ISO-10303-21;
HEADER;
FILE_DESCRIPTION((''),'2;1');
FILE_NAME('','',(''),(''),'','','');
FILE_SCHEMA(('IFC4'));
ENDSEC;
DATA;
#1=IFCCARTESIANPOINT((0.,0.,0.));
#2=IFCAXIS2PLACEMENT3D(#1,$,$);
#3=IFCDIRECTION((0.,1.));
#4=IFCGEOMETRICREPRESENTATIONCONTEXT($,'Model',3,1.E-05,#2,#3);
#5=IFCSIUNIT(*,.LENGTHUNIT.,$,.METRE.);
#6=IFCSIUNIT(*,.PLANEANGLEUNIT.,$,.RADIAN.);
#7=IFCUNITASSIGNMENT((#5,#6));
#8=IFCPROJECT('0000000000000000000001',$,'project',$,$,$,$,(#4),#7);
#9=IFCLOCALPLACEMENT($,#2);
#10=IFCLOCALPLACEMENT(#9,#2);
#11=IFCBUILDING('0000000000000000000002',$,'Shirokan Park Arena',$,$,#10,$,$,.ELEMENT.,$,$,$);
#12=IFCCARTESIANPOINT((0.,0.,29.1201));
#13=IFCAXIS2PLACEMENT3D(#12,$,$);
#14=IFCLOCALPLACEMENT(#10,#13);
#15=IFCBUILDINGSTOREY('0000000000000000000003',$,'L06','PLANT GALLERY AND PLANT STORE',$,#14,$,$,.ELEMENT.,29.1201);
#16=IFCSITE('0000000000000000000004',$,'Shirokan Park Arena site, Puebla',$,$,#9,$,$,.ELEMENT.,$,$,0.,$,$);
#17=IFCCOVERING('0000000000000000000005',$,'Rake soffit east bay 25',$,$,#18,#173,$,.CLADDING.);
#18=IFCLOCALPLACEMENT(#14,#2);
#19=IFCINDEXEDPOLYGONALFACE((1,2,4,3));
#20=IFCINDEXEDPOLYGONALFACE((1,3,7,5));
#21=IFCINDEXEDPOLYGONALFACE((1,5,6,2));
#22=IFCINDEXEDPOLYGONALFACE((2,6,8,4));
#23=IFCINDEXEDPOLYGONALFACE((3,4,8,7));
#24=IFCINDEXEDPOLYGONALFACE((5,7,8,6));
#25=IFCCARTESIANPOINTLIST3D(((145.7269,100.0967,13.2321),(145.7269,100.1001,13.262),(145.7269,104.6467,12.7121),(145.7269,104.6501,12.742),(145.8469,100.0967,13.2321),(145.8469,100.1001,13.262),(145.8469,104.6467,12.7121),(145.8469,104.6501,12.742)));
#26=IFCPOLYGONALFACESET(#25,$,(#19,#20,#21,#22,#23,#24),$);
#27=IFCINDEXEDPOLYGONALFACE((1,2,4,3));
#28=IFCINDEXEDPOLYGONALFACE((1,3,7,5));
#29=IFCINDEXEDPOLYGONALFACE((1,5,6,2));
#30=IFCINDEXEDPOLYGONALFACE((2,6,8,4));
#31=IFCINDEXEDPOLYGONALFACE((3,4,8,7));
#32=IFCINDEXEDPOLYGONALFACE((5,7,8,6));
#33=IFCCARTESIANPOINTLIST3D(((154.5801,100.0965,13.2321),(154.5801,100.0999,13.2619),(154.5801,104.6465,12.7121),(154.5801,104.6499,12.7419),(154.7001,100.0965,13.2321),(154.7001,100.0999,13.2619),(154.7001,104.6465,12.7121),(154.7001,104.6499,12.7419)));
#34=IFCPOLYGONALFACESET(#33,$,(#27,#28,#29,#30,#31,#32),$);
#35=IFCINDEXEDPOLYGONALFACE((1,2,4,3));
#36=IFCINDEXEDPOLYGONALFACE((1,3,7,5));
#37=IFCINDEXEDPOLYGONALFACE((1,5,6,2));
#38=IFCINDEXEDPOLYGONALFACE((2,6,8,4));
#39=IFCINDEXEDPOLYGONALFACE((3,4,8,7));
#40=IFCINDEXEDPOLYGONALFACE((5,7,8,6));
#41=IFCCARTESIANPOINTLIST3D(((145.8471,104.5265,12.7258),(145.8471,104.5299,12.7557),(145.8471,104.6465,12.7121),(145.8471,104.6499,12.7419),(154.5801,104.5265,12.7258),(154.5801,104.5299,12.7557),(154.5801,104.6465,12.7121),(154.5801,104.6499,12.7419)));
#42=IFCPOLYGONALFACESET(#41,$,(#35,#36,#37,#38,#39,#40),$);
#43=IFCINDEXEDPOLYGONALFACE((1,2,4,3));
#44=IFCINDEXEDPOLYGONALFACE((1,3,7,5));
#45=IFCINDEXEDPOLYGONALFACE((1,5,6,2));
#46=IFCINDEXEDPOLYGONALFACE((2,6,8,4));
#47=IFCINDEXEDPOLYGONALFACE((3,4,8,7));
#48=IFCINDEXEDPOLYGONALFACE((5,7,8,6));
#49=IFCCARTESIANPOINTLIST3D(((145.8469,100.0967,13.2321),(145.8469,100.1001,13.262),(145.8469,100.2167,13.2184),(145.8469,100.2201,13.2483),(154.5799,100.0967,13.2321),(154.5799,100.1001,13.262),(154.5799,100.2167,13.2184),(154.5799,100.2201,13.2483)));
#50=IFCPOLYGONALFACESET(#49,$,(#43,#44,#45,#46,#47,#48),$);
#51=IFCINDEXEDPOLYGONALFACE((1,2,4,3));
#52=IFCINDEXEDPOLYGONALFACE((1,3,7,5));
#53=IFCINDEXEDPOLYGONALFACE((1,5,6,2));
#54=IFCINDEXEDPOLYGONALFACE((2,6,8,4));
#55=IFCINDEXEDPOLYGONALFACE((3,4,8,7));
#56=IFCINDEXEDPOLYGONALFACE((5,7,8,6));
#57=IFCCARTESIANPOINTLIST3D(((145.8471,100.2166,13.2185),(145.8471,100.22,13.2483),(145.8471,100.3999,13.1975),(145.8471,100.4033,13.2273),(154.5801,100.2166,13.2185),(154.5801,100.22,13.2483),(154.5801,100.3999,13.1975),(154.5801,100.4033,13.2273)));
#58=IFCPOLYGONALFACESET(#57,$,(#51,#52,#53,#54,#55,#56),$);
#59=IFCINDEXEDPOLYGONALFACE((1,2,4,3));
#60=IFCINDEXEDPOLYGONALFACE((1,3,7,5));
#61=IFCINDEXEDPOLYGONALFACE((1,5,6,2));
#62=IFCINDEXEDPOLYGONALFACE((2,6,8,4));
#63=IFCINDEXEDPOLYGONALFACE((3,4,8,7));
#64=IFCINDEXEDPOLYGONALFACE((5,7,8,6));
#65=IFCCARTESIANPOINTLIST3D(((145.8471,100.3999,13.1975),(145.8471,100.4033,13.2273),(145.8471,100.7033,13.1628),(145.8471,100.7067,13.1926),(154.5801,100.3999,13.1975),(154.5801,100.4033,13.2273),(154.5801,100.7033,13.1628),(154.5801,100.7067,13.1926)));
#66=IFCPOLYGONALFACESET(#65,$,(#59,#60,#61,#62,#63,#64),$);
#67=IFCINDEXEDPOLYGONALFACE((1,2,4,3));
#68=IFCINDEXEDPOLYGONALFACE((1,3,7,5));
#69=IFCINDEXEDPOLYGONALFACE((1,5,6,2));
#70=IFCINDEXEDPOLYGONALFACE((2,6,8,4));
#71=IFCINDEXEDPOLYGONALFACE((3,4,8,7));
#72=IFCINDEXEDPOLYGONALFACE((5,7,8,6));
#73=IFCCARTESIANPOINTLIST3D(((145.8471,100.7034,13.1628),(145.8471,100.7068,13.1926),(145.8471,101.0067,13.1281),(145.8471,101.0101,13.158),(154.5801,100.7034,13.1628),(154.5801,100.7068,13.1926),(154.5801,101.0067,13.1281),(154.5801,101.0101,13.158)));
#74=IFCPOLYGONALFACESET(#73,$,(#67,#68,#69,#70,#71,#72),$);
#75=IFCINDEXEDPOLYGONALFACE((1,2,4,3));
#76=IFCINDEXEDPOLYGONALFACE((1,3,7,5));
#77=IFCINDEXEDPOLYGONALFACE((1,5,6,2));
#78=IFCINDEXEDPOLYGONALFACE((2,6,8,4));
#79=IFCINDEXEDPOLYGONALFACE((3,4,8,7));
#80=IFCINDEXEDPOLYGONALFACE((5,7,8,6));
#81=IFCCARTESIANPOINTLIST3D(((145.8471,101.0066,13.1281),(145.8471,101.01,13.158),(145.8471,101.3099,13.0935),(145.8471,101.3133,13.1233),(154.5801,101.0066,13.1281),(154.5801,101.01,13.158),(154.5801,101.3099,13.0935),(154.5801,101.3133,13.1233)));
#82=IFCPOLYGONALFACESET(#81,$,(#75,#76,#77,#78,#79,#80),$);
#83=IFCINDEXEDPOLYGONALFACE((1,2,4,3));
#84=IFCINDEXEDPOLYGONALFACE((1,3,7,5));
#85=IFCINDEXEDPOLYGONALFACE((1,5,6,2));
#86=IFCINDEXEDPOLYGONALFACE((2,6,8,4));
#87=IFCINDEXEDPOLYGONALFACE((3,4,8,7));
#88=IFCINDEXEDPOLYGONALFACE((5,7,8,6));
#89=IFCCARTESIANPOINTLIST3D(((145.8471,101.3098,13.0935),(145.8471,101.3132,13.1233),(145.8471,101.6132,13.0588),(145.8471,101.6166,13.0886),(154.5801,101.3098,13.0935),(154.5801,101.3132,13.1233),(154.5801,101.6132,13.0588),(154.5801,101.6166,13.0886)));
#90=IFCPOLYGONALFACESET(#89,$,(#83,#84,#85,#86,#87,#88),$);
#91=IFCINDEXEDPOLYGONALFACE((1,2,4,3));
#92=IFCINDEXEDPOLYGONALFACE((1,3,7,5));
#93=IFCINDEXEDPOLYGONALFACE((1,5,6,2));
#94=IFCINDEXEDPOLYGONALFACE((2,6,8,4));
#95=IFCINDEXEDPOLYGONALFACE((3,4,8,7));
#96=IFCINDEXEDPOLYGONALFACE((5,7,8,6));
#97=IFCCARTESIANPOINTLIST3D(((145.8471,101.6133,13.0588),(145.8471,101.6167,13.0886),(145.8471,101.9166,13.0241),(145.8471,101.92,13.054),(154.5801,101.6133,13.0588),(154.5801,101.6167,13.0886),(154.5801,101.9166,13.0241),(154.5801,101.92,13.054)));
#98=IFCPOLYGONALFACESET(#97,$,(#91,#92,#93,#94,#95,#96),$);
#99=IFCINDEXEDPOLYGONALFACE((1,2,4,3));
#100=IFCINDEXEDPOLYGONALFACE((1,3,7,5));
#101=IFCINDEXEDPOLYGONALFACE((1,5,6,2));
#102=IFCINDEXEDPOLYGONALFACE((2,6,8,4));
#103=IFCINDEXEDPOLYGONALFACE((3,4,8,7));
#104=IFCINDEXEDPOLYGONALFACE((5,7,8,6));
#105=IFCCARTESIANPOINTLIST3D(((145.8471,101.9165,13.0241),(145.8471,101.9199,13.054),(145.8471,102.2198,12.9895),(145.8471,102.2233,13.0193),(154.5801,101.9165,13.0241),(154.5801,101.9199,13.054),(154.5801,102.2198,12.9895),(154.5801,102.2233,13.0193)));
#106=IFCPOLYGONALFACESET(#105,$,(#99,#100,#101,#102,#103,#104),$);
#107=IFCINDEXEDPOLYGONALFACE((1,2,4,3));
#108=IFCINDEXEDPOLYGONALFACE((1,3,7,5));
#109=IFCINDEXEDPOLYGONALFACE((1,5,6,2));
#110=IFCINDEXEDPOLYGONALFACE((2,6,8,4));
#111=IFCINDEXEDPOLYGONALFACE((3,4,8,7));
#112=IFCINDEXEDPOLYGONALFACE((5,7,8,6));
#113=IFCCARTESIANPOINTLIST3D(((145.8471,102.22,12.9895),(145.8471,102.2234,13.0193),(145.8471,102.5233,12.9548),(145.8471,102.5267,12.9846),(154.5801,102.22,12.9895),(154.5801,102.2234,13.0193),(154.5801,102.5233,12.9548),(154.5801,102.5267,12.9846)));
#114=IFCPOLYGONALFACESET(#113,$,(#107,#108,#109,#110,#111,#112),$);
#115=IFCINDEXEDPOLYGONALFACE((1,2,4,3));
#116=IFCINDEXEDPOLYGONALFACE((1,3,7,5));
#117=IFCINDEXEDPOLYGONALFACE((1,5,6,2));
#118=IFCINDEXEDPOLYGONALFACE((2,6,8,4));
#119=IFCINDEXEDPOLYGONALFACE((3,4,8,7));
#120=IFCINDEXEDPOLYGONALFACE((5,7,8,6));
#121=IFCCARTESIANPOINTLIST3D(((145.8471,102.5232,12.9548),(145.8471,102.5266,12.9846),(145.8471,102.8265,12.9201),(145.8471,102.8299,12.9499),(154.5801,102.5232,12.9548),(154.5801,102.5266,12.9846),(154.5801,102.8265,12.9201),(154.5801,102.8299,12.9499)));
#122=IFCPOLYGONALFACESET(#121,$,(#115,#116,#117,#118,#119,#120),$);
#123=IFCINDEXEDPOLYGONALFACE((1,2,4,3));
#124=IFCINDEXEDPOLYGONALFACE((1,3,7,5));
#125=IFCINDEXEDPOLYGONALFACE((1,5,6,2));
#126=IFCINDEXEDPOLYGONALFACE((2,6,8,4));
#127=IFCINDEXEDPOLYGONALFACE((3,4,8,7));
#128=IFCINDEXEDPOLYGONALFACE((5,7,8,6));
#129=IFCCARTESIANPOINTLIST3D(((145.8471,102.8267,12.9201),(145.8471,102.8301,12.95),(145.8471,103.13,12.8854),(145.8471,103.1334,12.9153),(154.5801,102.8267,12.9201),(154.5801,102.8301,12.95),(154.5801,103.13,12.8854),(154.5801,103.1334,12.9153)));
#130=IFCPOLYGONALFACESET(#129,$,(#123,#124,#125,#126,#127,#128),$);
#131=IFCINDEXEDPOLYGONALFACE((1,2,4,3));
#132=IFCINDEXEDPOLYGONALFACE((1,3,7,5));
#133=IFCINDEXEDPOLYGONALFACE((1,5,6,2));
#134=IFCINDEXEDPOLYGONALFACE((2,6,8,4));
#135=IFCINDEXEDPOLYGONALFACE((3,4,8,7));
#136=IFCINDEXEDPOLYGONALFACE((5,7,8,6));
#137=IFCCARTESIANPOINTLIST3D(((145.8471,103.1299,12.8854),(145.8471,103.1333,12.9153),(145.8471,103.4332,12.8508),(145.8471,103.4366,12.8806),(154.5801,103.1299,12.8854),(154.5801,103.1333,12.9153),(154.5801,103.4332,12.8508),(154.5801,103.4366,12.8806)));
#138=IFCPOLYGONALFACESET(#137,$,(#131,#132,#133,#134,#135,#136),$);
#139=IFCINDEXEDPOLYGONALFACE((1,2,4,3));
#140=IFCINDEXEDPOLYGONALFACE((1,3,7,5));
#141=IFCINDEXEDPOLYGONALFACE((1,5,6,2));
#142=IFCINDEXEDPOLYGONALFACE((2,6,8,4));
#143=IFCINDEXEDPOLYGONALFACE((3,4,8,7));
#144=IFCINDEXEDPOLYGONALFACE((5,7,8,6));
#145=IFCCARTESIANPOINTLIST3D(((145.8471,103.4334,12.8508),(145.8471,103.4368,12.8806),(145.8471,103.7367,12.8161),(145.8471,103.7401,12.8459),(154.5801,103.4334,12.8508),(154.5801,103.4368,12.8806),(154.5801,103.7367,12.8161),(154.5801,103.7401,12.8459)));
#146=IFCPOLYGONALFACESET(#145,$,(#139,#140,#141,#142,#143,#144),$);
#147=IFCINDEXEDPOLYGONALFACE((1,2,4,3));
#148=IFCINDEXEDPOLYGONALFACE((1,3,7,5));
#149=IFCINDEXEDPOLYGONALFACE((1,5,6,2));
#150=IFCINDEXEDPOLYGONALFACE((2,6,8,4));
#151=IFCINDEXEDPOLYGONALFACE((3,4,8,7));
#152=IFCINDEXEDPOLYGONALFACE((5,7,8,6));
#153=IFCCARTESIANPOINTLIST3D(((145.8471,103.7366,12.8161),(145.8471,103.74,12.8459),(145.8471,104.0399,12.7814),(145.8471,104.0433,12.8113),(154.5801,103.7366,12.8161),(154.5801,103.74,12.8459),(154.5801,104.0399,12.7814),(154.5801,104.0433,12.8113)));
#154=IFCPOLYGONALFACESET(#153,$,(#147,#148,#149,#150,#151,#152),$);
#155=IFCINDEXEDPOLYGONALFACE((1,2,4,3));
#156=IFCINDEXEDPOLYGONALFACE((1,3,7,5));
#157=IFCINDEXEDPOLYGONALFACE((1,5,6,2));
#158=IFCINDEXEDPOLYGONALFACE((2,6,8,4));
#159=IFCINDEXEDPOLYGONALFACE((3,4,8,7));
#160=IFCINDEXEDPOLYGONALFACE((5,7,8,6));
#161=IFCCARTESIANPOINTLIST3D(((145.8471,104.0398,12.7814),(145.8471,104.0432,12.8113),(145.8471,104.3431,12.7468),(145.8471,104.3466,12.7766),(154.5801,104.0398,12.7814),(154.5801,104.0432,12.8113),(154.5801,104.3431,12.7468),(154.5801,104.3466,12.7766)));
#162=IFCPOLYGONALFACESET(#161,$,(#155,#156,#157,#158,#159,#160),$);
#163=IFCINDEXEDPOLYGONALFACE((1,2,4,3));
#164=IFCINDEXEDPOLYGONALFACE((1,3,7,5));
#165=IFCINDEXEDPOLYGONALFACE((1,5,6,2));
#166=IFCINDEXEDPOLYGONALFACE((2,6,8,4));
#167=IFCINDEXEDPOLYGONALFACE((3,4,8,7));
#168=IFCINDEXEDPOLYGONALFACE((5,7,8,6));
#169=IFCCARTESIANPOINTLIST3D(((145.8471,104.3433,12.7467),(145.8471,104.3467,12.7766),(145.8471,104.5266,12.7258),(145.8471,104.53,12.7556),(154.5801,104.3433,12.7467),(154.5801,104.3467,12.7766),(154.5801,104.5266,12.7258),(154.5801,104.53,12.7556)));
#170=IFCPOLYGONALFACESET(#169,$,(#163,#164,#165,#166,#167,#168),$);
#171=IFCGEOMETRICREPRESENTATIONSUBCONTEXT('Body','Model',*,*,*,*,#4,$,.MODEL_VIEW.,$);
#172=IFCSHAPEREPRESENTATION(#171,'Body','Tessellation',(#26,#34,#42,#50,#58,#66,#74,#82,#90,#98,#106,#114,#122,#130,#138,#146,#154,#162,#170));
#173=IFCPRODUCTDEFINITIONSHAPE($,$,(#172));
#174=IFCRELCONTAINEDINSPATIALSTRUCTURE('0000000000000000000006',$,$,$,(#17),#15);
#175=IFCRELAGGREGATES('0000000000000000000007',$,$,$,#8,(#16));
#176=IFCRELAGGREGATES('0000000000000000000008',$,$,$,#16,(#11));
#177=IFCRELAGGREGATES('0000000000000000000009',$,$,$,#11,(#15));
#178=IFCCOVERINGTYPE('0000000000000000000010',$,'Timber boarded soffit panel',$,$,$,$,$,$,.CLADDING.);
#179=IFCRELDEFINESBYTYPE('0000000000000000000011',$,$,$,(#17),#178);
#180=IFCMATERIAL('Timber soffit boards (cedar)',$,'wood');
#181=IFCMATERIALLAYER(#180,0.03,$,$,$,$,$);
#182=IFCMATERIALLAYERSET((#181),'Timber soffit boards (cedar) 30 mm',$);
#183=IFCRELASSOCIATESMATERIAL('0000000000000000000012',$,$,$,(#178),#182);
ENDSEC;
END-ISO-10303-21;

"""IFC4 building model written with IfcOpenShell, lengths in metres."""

from ifc_helpers import new_model, si_unit, direction, frame, origin, place, context, subcontext, project, spatial, polyline, outline, extrude, material, layer, layer_set, type_object, element, save


model = new_model("IFC4")

# Units and contexts
model_context = context("Model", 3, precision=1e-05, world=origin(), true_north=direction((0.0, 1.0)))
body_context = subcontext(model_context, "Body", "Model", "MODEL_VIEW")
ifc_project = project(units=[si_unit("LENGTHUNIT", "METRE"), si_unit("PLANEANGLEUNIT", "RADIAN")], contexts=[model_context])

# Site, building, storey
site_placement = place(None, origin())
site = spatial("IfcSite", under=ifc_project, at=site_placement, Name="Shirokan Park Arena site, Puebla", CompositionType="ELEMENT", RefElevation=0.0)
building_placement = place(site_placement, origin())
building = spatial("IfcBuilding", under=site, at=building_placement, Name="Shirokan Park Arena", CompositionType="ELEMENT")
storey_placement = place(building_placement, frame((0.0, 0.0, 29.1201)))
storey = spatial("IfcBuildingStorey", under=building, at=storey_placement, Name="L06", Description="PLANT GALLERY AND PLANT STORE", CompositionType="ELEMENT", Elevation=29.1201)

# Covering
ifc_material_1 = material(Name="Timber soffit boards (cedar)", Category="wood")
ifc_layer_1 = layer(ifc_material_1, 0.03)
ifc_layer_set_1 = layer_set([ifc_layer_1], Name="Timber soffit boards (cedar) 30 mm")
covering_type_1 = type_object("IfcCoveringType", Name="Timber boarded soffit panel", PredefinedType="CLADDING", material=ifc_layer_set_1)
covering_1_placement = place(storey_placement, origin())
element("IfcCovering", 1, at=covering_1_placement, inside=storey, type_object=covering_type_1, Name="Rake soffit east bay 25", PredefinedType="CLADDING", context=body_context, shape_type="SweptSolid", body=[
    extrude(outline(polyline([(0.0, 0.0), (0.12, 0.0), (0.12, -4.5796), (0.0, -4.5796), (0.0, 0.0)])), frame((145.8469, 100.1001, 13.262), z_axis=(0.0, 0.113547, 0.993533), x_axis=(-1.0, 0.0, 0.0)), (0.0, 0.0, -1.0), 0.03),
    extrude(outline(polyline([(0.0, 0.0), (0.12, 0.0), (0.12, -4.5796), (0.0, -4.5796), (0.0, 0.0)])), frame((154.5801, 104.6499, 12.7419), z_axis=(0.0, 0.113547, 0.993533), x_axis=(1.0, 0.0, 0.0)), (0.0, 0.0, -1.0), 0.03),
    extrude(outline(polyline([(0.0, 0.0), (0.1208, 0.0), (0.1208, -8.733), (0.0, -8.733), (0.0, 0.0)])), frame((154.5801, 104.6499, 12.7419), z_axis=(0.0, 0.113512, 0.993537), x_axis=(0.0, -0.993537, 0.113512)), (0.0, 0.0, -1.0), 0.03),
    extrude(outline(polyline([(0.0, 0.0), (0.1208, 0.0), (0.1208, -8.733), (0.0, -8.733), (0.0, 0.0)])), frame((145.8469, 100.1001, 13.262), z_axis=(0.0, 0.113512, 0.993537), x_axis=(0.0, 0.993537, -0.113512)), (0.0, 0.0, -1.0), 0.03),
    extrude(outline(polyline([(0.0, 0.0), (8.733, 0.0), (8.733, -0.1845), (0.0, -0.1845), (0.0, 0.0)])), frame((154.5801, 100.22, 13.2483), z_axis=(0.0, 0.113589, 0.993528), x_axis=(-1.0, 0.0, 0.0)), (0.0, 0.0, -1.0), 0.03),
    extrude(outline(polyline([(0.0, 0.0), (8.733, 0.0), (8.733, -0.3053), (0.0, -0.3053), (0.0, 0.0)])), frame((154.5801, 100.4033, 13.2273), z_axis=(0.0, 0.113523, 0.993535), x_axis=(-1.0, 0.0, 0.0)), (0.0, 0.0, -1.0), 0.03),
    extrude(outline(polyline([(0.0, 0.0), (8.733, 0.0), (8.733, -0.3053), (0.0, -0.3053), (0.0, 0.0)])), frame((154.5801, 100.7068, 13.1926), z_axis=(0.0, 0.113559, 0.993531), x_axis=(-1.0, 0.0, 0.0)), (0.0, 0.0, -1.0), 0.03),
    extrude(outline(polyline([(0.0, 0.0), (8.733, 0.0), (8.733, -0.3053), (0.0, -0.3053), (0.0, 0.0)])), frame((154.5801, 101.01, 13.158), z_axis=(0.0, 0.113559, 0.993531), x_axis=(-1.0, 0.0, 0.0)), (0.0, 0.0, -1.0), 0.03),
    extrude(outline(polyline([(0.0, 0.0), (8.733, 0.0), (8.733, -0.3053), (0.0, -0.3053), (0.0, 0.0)])), frame((154.5801, 101.3132, 13.1233), z_axis=(0.0, 0.113523, 0.993535), x_axis=(-1.0, 0.0, 0.0)), (0.0, 0.0, -1.0), 0.03),
    extrude(outline(polyline([(0.0, 0.0), (8.733, 0.0), (8.733, -0.3053), (0.0, -0.3053), (0.0, 0.0)])), frame((154.5801, 101.6167, 13.0886), z_axis=(0.0, 0.113559, 0.993531), x_axis=(-1.0, 0.0, 0.0)), (0.0, 0.0, -1.0), 0.03),
    extrude(outline(polyline([(0.0, 0.0), (8.733, 0.0), (8.733, -0.3053), (0.0, -0.3053), (0.0, 0.0)])), frame((154.5801, 101.9199, 13.054), z_axis=(0.0, 0.113559, 0.993531), x_axis=(-1.0, 0.0, 0.0)), (0.0, 0.0, -1.0), 0.03),
    extrude(outline(polyline([(0.0, 0.0), (8.733, 0.0), (8.733, -0.3053), (0.0, -0.3053), (0.0, 0.0)])), frame((154.5801, 102.2234, 13.0193), z_axis=(0.0, 0.113523, 0.993535), x_axis=(-1.0, 0.0, 0.0)), (0.0, 0.0, -1.0), 0.03),
    extrude(outline(polyline([(0.0, 0.0), (8.733, 0.0), (8.733, -0.3053), (0.0, -0.3053), (0.0, 0.0)])), frame((154.5801, 102.5266, 12.9846), z_axis=(0.0, 0.113559, 0.993531), x_axis=(-1.0, 0.0, 0.0)), (0.0, 0.0, -1.0), 0.03),
    extrude(outline(polyline([(0.0, 0.0), (8.733, 0.0), (8.733, -0.3053), (0.0, -0.3053), (0.0, 0.0)])), frame((154.5801, 102.8301, 12.95), z_axis=(0.0, 0.113559, 0.993531), x_axis=(-1.0, 0.0, 0.0)), (0.0, 0.0, -1.0), 0.03),
    extrude(outline(polyline([(0.0, 0.0), (8.733, 0.0), (8.733, -0.3053), (0.0, -0.3053), (0.0, 0.0)])), frame((154.5801, 103.1333, 12.9153), z_axis=(0.0, 0.113523, 0.993535), x_axis=(-1.0, 0.0, 0.0)), (0.0, 0.0, -1.0), 0.03),
    extrude(outline(polyline([(0.0, 0.0), (8.733, 0.0), (8.733, -0.3053), (0.0, -0.3053), (0.0, 0.0)])), frame((154.5801, 103.4368, 12.8806), z_axis=(0.0, 0.113559, 0.993531), x_axis=(-1.0, 0.0, 0.0)), (0.0, 0.0, -1.0), 0.03),
    extrude(outline(polyline([(0.0, 0.0), (8.733, 0.0), (8.733, -0.3053), (0.0, -0.3053), (0.0, 0.0)])), frame((154.5801, 103.74, 12.8459), z_axis=(0.0, 0.113559, 0.993531), x_axis=(-1.0, 0.0, 0.0)), (0.0, 0.0, -1.0), 0.03),
    extrude(outline(polyline([(0.0, 0.0), (8.733, 0.0), (8.733, -0.3053), (0.0, -0.3053), (0.0, 0.0)])), frame((154.5801, 104.0432, 12.8113), z_axis=(0.0, 0.113523, 0.993535), x_axis=(-1.0, 0.0, 0.0)), (0.0, 0.0, -1.0), 0.03),
    extrude(outline(polyline([(0.0, 0.0), (0.1845, 0.0), (0.1845, -8.733), (0.0, -8.733), (0.0, 0.0)])), frame((154.5801, 104.53, 12.7556), z_axis=(0.0, 0.113589, 0.993528), x_axis=(0.0, -0.993528, 0.113589)), (0.0, 0.0, -1.0), 0.03),
])

save(model, "model.ifc")
